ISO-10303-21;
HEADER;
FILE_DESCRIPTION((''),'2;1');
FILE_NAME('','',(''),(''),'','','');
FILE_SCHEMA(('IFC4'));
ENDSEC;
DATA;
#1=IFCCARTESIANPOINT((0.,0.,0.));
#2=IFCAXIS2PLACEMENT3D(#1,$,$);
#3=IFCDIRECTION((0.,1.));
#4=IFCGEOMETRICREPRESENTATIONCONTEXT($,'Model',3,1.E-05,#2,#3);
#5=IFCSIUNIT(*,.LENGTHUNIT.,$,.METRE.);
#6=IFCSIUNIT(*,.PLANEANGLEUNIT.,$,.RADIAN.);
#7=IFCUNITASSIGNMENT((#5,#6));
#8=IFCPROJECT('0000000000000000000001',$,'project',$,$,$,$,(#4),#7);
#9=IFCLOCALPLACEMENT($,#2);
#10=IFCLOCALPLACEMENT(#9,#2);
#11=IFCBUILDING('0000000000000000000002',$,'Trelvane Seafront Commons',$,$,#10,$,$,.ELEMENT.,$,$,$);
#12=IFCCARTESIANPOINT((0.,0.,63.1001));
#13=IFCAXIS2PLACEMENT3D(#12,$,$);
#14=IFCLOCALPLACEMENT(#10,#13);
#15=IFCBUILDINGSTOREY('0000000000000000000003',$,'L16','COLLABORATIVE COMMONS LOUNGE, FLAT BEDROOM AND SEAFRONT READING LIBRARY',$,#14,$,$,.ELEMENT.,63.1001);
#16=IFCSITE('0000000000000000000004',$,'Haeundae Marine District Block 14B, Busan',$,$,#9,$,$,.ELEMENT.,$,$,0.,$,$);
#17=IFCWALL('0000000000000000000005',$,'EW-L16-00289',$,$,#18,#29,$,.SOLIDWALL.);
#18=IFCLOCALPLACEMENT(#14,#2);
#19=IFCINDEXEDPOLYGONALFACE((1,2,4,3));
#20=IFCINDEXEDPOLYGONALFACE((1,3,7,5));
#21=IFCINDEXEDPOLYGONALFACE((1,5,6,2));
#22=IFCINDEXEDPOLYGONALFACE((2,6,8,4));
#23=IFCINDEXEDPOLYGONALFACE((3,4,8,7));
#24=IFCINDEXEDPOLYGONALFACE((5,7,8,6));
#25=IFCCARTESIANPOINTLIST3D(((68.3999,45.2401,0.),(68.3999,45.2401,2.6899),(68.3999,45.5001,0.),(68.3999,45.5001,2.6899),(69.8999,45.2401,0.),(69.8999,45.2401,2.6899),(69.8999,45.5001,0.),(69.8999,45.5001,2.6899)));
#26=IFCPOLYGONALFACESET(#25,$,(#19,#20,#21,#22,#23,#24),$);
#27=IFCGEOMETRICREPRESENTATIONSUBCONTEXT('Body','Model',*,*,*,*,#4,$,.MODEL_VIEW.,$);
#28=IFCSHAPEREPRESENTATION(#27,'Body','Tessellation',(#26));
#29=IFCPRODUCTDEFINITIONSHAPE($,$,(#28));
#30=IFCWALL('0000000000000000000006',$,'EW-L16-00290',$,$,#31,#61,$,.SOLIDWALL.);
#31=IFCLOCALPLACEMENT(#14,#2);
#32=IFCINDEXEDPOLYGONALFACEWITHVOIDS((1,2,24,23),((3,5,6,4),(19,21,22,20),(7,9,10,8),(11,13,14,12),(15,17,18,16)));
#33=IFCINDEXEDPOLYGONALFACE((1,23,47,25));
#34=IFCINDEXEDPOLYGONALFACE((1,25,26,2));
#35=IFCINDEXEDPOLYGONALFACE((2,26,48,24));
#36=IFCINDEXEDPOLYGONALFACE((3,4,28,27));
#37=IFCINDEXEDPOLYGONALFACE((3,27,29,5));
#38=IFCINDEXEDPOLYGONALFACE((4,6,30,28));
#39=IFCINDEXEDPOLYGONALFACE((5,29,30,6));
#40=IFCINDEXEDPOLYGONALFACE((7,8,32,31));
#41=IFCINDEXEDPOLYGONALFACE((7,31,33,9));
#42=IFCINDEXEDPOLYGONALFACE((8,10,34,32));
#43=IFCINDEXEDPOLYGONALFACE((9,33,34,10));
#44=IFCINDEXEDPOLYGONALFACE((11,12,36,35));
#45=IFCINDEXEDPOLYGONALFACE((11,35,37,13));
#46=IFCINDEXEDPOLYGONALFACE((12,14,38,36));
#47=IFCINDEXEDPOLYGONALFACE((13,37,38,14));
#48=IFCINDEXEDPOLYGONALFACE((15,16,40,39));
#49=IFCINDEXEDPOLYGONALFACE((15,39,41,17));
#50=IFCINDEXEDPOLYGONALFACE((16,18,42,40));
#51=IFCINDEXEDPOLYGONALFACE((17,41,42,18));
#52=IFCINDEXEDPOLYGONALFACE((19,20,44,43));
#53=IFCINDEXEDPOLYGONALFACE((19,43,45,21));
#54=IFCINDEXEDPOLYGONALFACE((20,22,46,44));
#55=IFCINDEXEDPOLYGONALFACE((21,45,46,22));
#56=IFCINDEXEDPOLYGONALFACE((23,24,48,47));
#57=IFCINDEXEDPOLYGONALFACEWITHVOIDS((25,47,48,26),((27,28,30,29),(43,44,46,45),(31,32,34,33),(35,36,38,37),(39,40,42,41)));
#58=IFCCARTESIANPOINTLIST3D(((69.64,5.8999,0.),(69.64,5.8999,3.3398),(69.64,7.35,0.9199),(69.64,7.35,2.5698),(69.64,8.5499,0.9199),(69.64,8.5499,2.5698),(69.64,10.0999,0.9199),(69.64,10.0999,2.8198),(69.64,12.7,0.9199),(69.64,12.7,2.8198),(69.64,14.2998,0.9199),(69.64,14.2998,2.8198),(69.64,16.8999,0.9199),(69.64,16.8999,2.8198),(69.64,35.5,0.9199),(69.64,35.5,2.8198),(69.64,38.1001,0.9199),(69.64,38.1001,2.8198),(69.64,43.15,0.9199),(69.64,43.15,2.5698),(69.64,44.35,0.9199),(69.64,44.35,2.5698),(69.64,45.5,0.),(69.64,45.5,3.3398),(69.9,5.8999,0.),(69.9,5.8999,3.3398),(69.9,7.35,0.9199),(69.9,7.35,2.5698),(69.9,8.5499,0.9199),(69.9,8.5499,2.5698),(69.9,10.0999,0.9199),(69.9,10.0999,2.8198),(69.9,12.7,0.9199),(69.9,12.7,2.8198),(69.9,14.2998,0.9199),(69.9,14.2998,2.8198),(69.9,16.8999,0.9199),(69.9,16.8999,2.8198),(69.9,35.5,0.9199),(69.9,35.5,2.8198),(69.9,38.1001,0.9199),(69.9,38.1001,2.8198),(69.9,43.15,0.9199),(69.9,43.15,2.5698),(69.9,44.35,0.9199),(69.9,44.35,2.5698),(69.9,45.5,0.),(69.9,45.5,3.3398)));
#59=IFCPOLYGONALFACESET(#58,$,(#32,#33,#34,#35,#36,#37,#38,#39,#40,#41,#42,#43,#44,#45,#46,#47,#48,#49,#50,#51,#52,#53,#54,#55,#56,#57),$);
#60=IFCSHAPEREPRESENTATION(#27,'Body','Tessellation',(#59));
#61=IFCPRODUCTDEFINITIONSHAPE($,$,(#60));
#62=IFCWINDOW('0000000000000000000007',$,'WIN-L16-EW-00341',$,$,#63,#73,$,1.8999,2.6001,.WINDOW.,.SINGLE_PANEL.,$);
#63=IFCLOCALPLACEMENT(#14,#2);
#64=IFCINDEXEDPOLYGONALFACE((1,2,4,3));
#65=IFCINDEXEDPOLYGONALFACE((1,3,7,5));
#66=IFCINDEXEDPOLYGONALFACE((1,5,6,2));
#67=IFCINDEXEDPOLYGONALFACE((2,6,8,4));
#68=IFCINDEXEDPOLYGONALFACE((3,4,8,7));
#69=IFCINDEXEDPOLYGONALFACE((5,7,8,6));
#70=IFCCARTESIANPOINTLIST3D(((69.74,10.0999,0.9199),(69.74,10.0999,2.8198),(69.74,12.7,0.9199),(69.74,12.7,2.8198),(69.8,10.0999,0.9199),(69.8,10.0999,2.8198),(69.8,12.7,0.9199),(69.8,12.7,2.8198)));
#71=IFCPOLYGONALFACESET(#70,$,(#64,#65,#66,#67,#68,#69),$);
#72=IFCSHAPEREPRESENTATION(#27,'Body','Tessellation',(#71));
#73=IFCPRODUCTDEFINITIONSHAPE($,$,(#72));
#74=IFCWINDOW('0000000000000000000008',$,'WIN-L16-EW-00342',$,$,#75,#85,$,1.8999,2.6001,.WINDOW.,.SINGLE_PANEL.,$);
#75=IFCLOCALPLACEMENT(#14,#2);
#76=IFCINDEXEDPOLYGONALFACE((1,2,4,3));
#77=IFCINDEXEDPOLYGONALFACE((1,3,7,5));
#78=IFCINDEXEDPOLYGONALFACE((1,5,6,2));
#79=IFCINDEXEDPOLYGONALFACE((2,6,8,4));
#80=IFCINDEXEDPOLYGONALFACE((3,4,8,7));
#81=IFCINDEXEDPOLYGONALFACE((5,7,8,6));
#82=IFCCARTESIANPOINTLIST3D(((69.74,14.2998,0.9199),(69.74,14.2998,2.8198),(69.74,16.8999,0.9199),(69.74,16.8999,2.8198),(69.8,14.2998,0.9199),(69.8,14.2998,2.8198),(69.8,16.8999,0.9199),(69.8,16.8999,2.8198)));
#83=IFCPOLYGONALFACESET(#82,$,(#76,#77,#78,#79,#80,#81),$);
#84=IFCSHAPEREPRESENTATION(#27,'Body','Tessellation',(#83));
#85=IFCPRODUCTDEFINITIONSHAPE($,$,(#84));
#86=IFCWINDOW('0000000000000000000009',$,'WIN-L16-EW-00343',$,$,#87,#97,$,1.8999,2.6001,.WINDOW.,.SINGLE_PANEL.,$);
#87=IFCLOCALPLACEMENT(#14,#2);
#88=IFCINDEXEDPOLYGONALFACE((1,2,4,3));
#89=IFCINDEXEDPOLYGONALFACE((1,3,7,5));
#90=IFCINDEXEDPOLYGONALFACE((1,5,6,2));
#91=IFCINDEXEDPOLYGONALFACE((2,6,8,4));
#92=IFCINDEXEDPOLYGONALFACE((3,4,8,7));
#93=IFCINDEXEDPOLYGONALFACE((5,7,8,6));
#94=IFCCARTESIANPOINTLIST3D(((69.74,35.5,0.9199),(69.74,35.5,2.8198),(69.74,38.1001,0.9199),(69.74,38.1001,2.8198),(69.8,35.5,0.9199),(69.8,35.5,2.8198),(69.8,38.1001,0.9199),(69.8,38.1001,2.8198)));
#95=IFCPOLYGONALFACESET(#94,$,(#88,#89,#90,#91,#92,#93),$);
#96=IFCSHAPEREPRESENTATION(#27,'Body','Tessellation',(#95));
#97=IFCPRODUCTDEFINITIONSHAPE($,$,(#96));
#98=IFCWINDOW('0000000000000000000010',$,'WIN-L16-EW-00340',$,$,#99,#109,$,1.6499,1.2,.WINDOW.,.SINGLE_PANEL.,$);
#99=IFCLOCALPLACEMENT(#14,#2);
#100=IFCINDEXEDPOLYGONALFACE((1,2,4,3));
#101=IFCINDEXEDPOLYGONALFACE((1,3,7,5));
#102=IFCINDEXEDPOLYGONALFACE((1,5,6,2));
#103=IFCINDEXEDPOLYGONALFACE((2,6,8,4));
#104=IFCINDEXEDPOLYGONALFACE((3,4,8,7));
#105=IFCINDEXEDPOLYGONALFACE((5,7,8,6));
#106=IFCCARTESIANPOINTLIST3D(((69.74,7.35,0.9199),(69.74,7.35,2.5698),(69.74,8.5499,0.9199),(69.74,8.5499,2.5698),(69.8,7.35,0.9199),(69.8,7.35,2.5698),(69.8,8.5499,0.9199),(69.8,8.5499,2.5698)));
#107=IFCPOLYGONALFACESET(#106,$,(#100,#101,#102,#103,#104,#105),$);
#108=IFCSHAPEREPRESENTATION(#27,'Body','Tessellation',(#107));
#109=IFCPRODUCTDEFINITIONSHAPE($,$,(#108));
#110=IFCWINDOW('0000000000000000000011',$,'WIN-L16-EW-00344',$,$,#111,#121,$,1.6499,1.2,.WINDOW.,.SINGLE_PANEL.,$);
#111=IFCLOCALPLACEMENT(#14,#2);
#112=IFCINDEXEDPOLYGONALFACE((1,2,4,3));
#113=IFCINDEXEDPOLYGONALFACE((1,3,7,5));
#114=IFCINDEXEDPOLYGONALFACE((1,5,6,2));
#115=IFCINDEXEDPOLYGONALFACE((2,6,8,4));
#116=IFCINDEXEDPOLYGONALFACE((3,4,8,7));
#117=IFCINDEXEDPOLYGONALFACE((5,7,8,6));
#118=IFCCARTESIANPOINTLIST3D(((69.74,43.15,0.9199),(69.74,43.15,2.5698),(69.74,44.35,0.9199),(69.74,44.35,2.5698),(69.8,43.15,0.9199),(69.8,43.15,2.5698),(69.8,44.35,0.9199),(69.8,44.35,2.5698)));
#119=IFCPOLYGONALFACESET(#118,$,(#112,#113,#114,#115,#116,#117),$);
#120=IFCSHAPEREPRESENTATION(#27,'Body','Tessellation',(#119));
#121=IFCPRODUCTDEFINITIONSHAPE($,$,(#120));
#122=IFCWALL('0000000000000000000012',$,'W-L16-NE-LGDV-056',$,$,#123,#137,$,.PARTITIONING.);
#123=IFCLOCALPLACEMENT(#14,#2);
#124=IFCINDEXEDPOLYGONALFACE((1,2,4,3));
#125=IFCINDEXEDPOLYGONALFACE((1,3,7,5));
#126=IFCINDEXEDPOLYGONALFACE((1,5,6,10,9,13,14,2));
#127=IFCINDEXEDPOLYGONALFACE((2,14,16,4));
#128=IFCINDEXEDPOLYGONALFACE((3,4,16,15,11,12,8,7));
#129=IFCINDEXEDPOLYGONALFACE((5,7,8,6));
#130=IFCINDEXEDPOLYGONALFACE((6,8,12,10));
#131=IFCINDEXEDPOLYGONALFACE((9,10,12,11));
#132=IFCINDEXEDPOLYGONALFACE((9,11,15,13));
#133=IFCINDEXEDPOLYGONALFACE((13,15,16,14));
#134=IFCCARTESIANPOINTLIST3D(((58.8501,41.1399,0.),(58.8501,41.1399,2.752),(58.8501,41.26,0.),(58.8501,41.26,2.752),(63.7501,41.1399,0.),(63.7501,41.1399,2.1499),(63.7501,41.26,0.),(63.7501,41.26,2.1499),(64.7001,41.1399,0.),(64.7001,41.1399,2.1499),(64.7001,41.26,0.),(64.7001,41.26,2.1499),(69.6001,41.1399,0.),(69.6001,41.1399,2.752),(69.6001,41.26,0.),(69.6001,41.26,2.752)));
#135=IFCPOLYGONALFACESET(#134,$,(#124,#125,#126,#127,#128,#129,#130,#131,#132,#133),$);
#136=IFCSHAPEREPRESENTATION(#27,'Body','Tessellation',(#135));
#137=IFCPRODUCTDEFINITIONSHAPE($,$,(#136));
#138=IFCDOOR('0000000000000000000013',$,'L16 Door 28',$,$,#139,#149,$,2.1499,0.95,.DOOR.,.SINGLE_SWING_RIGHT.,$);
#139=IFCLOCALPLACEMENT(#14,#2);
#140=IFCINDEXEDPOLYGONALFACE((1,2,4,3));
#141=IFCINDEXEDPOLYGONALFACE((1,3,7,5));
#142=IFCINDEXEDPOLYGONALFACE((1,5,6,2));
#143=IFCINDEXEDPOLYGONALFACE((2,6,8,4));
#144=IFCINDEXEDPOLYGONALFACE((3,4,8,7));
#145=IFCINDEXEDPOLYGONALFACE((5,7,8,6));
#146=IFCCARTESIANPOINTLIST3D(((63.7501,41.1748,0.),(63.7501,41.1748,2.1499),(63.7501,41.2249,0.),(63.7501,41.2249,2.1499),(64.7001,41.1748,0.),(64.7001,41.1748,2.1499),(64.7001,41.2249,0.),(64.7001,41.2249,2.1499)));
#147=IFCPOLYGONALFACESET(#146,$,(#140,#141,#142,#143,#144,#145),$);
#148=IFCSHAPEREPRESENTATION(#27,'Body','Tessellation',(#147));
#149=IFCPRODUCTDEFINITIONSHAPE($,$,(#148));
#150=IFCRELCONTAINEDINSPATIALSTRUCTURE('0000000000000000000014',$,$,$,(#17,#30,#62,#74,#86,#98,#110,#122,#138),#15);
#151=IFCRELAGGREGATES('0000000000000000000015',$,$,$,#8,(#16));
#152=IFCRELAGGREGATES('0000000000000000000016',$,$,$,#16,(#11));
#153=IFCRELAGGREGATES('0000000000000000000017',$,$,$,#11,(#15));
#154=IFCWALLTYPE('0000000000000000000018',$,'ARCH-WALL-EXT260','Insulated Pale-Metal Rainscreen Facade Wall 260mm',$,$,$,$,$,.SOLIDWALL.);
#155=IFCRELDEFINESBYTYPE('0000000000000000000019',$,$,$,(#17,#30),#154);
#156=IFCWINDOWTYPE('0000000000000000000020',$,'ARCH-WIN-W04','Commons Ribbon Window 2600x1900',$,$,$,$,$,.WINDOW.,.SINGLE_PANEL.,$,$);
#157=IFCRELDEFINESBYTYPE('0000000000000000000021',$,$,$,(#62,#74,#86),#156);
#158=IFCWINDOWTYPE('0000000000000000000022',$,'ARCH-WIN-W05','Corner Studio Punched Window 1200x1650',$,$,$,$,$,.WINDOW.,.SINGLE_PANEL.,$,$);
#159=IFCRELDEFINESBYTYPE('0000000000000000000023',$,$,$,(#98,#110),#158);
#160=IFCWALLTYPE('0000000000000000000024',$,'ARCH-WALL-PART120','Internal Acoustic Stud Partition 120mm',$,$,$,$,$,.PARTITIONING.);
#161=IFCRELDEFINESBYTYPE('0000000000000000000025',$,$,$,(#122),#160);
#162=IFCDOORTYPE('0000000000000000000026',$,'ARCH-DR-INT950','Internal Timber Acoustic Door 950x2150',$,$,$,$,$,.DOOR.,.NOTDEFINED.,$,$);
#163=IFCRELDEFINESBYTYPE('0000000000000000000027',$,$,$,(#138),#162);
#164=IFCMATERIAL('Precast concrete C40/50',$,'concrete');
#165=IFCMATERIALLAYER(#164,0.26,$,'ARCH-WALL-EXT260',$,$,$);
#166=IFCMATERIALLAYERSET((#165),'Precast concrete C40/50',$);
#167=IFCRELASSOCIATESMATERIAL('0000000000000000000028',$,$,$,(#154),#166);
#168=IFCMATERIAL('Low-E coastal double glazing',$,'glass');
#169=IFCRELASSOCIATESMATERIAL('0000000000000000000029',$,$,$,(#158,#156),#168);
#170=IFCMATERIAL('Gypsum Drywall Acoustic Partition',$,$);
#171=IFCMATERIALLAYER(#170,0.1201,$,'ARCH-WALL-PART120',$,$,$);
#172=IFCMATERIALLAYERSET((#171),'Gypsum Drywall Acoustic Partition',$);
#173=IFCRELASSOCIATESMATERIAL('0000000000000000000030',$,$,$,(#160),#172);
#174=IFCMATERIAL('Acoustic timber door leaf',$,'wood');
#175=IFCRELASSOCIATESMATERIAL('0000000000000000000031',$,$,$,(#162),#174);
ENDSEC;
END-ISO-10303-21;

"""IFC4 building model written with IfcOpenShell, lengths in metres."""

from ifc_helpers import new_model, si_unit, direction, frame, frame_2d, origin, place, context, subcontext, project, spatial, rectangle, extrude, source, transform, mapped, material, layer, layer_set, type_object, element, fill, save


model = new_model("IFC4")

# Units and contexts
model_context = context("Model", 3, precision=1e-05, world=origin(), true_north=direction((0.0, 1.0)))
body_context = subcontext(model_context, "Body", "Model", "MODEL_VIEW")
ifc_project = project(units=[si_unit("LENGTHUNIT", "METRE"), si_unit("PLANEANGLEUNIT", "RADIAN")], contexts=[model_context])

# Site, building, storey
site_placement = place(None, origin())
site = spatial("IfcSite", under=ifc_project, at=site_placement, Name="Haeundae Marine District Block 14B, Busan", CompositionType="ELEMENT", RefElevation=0.0)
building_placement = place(site_placement, origin())
building = spatial("IfcBuilding", under=site, at=building_placement, Name="Trelvane Seafront Commons", CompositionType="ELEMENT")
storey_placement = place(building_placement, frame((0.0, 0.0, 63.1001)))
storey = spatial("IfcBuildingStorey", under=building, at=storey_placement, Name="L16", Description="COLLABORATIVE COMMONS LOUNGE, FLAT BEDROOM AND SEAFRONT READING LIBRARY", CompositionType="ELEMENT", Elevation=63.1001)

# Shared definitions
ifc_material_1 = material(Name="Precast concrete C40/50", Category="concrete")
ifc_layer_1 = layer(ifc_material_1, 0.26, Name="ARCH-WALL-EXT260")
ifc_layer_set_1 = layer_set([ifc_layer_1], Name="Precast concrete C40/50")
wall_type_1 = type_object("IfcWallType", Name="ARCH-WALL-EXT260", Description="Insulated Pale-Metal Rainscreen Facade Wall 260mm", PredefinedType="SOLIDWALL", material=ifc_layer_set_1)
ifc_material_2 = material(Name="Low-E coastal double glazing", Category="glass")
window_type_1 = type_object("IfcWindowType", Name="ARCH-WIN-W05", Description="Corner Studio Punched Window 1200x1650", PartitioningType="SINGLE_PANEL", PredefinedType="WINDOW", material=ifc_material_2)
shared_shape_1 = source(origin(), body_context, "Body", "SweptSolid", [
    extrude(rectangle(XDim=1.2, YDim=1.6499, at=frame_2d((0.6001, 0.825))), frame((0.0, 0.03, 0.0), z_axis=(0.0, -1.0, 0.0), x_axis=(1.0, 0.0, 0.0)), (0.0, 0.0, 1.0), 0.0601),
])

# Wall
wall_1_placement = place(storey_placement, frame((68.3999, 45.3701, 0.0), z_axis=(0.0, 0.0, 1.0), x_axis=(1.0, 0.0, 0.0)))
element("IfcWall", 1, at=wall_1_placement, inside=storey, type_object=wall_type_1, Name="EW-L16-00289", PredefinedType="SOLIDWALL", context=body_context, shape_type="SweptSolid", body=[
    extrude(rectangle(XDim=1.5, YDim=0.26, at=frame_2d((0.75, 0.0))), origin(), (0.0, 0.0, 1.0), 2.6899),
])

# Wall, openings, windows
wall_2_placement = place(storey_placement, frame((69.77, 45.5, 0.0), z_axis=(0.0, 0.0, 1.0), x_axis=(0.0, -1.0, 0.0)))
wall_2 = element("IfcWall", 2, at=wall_2_placement, inside=storey, type_object=wall_type_1, Name="EW-L16-00290", PredefinedType="SOLIDWALL", context=body_context, shape_type="SweptSolid", body=[
    extrude(rectangle(XDim=39.6001, YDim=0.26, at=frame_2d((19.8, 0.0))), origin(), (0.0, 0.0, 1.0), 3.3398),
])
opening_1_placement = place(wall_2_placement, frame((36.95, 0.0, 0.9199)))
opening_1 = element("IfcOpeningElement", 3, at=opening_1_placement, cuts=wall_2, PredefinedType="OPENING", context=body_context, shape_type="SweptSolid", body=[
    extrude(rectangle(XDim=1.2, YDim=1.6499, at=frame_2d((0.6001, 0.825))), frame((0.0, 0.1399, 0.0), z_axis=(0.0, -1.0, 0.0), x_axis=(1.0, 0.0, 0.0)), (0.0, 0.0, 1.0), 0.28),
])
opening_2_placement = place(wall_2_placement, frame((32.8, 0.0, 0.9199)))
opening_2 = element("IfcOpeningElement", 4, at=opening_2_placement, cuts=wall_2, PredefinedType="OPENING", context=body_context, shape_type="SweptSolid", body=[
    extrude(rectangle(XDim=2.6001, YDim=1.8999, at=frame_2d((1.3, 0.95))), frame((0.0, 0.1399, 0.0), z_axis=(0.0, -1.0, 0.0), x_axis=(1.0, 0.0, 0.0)), (0.0, 0.0, 1.0), 0.28),
])
opening_3_placement = place(wall_2_placement, frame((28.6001, 0.0, 0.9199)))
opening_3 = element("IfcOpeningElement", 5, at=opening_3_placement, cuts=wall_2, PredefinedType="OPENING", context=body_context, shape_type="SweptSolid", body=[
    extrude(rectangle(XDim=2.6001, YDim=1.8999, at=frame_2d((1.3, 0.95))), frame((0.0, 0.1399, 0.0), z_axis=(0.0, -1.0, 0.0), x_axis=(1.0, 0.0, 0.0)), (0.0, 0.0, 1.0), 0.28),
])
opening_4_placement = place(wall_2_placement, frame((7.3999, 0.0, 0.9199)))
opening_4 = element("IfcOpeningElement", 6, at=opening_4_placement, cuts=wall_2, PredefinedType="OPENING", context=body_context, shape_type="SweptSolid", body=[
    extrude(rectangle(XDim=2.6001, YDim=1.8999, at=frame_2d((1.3, 0.95))), frame((0.0, 0.1399, 0.0), z_axis=(0.0, -1.0, 0.0), x_axis=(1.0, 0.0, 0.0)), (0.0, 0.0, 1.0), 0.28),
])
opening_5_placement = place(wall_2_placement, frame((1.1499, 0.0, 0.9199)))
opening_5 = element("IfcOpeningElement", 7, at=opening_5_placement, cuts=wall_2, PredefinedType="OPENING", context=body_context, shape_type="SweptSolid", body=[
    extrude(rectangle(XDim=1.2, YDim=1.6499, at=frame_2d((0.6001, 0.825))), frame((0.0, 0.1399, 0.0), z_axis=(0.0, -1.0, 0.0), x_axis=(1.0, 0.0, 0.0)), (0.0, 0.0, 1.0), 0.28),
])
window_type_2 = type_object("IfcWindowType", Name="ARCH-WIN-W04", Description="Commons Ribbon Window 2600x1900", PartitioningType="SINGLE_PANEL", PredefinedType="WINDOW", material=ifc_material_2)
shared_shape_2 = source(origin(), body_context, "Body", "SweptSolid", [
    extrude(rectangle(XDim=2.6001, YDim=1.8999, at=frame_2d((1.3, 0.95))), frame((0.0, 0.03, 0.0), z_axis=(0.0, -1.0, 0.0), x_axis=(1.0, 0.0, 0.0)), (0.0, 0.0, 1.0), 0.0601),
])
window_1_placement = place(opening_2_placement, origin())
window_1 = element("IfcWindow", 8, at=window_1_placement, inside=storey, type_object=window_type_2, Name="WIN-L16-EW-00341", OverallHeight=1.8999, OverallWidth=2.6001, PartitioningType="SINGLE_PANEL", PredefinedType="WINDOW", context=body_context, shape_type="MappedRepresentation", body=[
    mapped(shared_shape_2, transform((0.0, 0.0, 0.0), x_axis=(1.0, 0.0, 0.0), y_axis=(0.0, 1.0, 0.0), z_axis=(0.0, 0.0, 1.0), scale=1.0)),
])
fill(opening_2, window_1)
window_2_placement = place(opening_3_placement, origin())
window_2 = element("IfcWindow", 9, at=window_2_placement, inside=storey, type_object=window_type_2, Name="WIN-L16-EW-00342", OverallHeight=1.8999, OverallWidth=2.6001, PartitioningType="SINGLE_PANEL", PredefinedType="WINDOW", context=body_context, shape_type="MappedRepresentation", body=[
    mapped(shared_shape_2, transform((0.0, 0.0, 0.0), x_axis=(1.0, 0.0, 0.0), y_axis=(0.0, 1.0, 0.0), z_axis=(0.0, 0.0, 1.0), scale=1.0)),
])
fill(opening_3, window_2)
window_3_placement = place(opening_4_placement, origin())
window_3 = element("IfcWindow", 10, at=window_3_placement, inside=storey, type_object=window_type_2, Name="WIN-L16-EW-00343", OverallHeight=1.8999, OverallWidth=2.6001, PartitioningType="SINGLE_PANEL", PredefinedType="WINDOW", context=body_context, shape_type="MappedRepresentation", body=[
    mapped(shared_shape_2, transform((0.0, 0.0, 0.0), x_axis=(1.0, 0.0, 0.0), y_axis=(0.0, 1.0, 0.0), z_axis=(0.0, 0.0, 1.0), scale=1.0)),
])
fill(opening_4, window_3)
window_4_placement = place(opening_1_placement, origin())
window_4 = element("IfcWindow", 11, at=window_4_placement, inside=storey, type_object=window_type_1, Name="WIN-L16-EW-00340", OverallHeight=1.6499, OverallWidth=1.2, PartitioningType="SINGLE_PANEL", PredefinedType="WINDOW", context=body_context, shape_type="MappedRepresentation", body=[
    mapped(shared_shape_1, transform((0.0, 0.0, 0.0), x_axis=(1.0, 0.0, 0.0), y_axis=(0.0, 1.0, 0.0), z_axis=(0.0, 0.0, 1.0), scale=1.0)),
])
fill(opening_1, window_4)
window_5_placement = place(opening_5_placement, origin())
window_5 = element("IfcWindow", 12, at=window_5_placement, inside=storey, type_object=window_type_1, Name="WIN-L16-EW-00344", OverallHeight=1.6499, OverallWidth=1.2, PartitioningType="SINGLE_PANEL", PredefinedType="WINDOW", context=body_context, shape_type="MappedRepresentation", body=[
    mapped(shared_shape_1, transform((0.0, 0.0, 0.0), x_axis=(1.0, 0.0, 0.0), y_axis=(0.0, 1.0, 0.0), z_axis=(0.0, 0.0, 1.0), scale=1.0)),
])
fill(opening_5, window_5)

# Wall, opening, door
ifc_material_3 = material(Name="Gypsum Drywall Acoustic Partition")
ifc_layer_2 = layer(ifc_material_3, 0.1201, Name="ARCH-WALL-PART120")
ifc_layer_set_2 = layer_set([ifc_layer_2], Name="Gypsum Drywall Acoustic Partition")
wall_type_2 = type_object("IfcWallType", Name="ARCH-WALL-PART120", Description="Internal Acoustic Stud Partition 120mm", PredefinedType="PARTITIONING", material=ifc_layer_set_2)
wall_3_placement = place(storey_placement, frame((58.8501, 41.2, 0.0), z_axis=(0.0, 0.0, 1.0), x_axis=(1.0, 0.0, 0.0)))
wall_3 = element("IfcWall", 13, at=wall_3_placement, inside=storey, type_object=wall_type_2, Name="W-L16-NE-LGDV-056", PredefinedType="PARTITIONING", context=body_context, shape_type="SweptSolid", body=[
    extrude(rectangle(XDim=10.75, YDim=0.1201, at=frame_2d((5.375, 0.0))), origin(), (0.0, 0.0, 1.0), 2.752),
])
opening_6_placement = place(wall_3_placement, frame((4.8999, 0.0, 0.0)))
opening_6 = element("IfcOpeningElement", 14, at=opening_6_placement, cuts=wall_3, PredefinedType="OPENING", context=body_context, shape_type="SweptSolid", body=[
    extrude(rectangle(XDim=0.95, YDim=2.1499, at=frame_2d((0.4751, 1.075))), frame((0.0, 0.0701, 0.0), z_axis=(0.0, -1.0, 0.0), x_axis=(1.0, 0.0, 0.0)), (0.0, 0.0, 1.0), 0.1401),
])
ifc_material_4 = material(Name="Acoustic timber door leaf", Category="wood")
door_type_1 = type_object("IfcDoorType", Name="ARCH-DR-INT950", Description="Internal Timber Acoustic Door 950x2150", OperationType="NOTDEFINED", PredefinedType="DOOR", material=ifc_material_4)
shared_shape_3 = source(origin(), body_context, "Body", "SweptSolid", [
    extrude(rectangle(XDim=0.95, YDim=2.1499, at=frame_2d((0.4751, 1.075))), frame((0.0, 0.0249, 0.0), z_axis=(0.0, -1.0, 0.0), x_axis=(1.0, 0.0, 0.0)), (0.0, 0.0, 1.0), 0.05),
])
door_1_placement = place(opening_6_placement, origin())
door_1 = element("IfcDoor", 15, at=door_1_placement, inside=storey, type_object=door_type_1, Name="L16 Door 28", OperationType="SINGLE_SWING_RIGHT", OverallHeight=2.1499, OverallWidth=0.95, PredefinedType="DOOR", context=body_context, shape_type="MappedRepresentation", body=[
    mapped(shared_shape_3, transform((0.0, 0.0, 0.0), x_axis=(1.0, 0.0, 0.0), y_axis=(0.0, 1.0, 0.0), z_axis=(0.0, 0.0, 1.0), scale=1.0)),
])
fill(opening_6, door_1)

save(model, "model.ifc")
